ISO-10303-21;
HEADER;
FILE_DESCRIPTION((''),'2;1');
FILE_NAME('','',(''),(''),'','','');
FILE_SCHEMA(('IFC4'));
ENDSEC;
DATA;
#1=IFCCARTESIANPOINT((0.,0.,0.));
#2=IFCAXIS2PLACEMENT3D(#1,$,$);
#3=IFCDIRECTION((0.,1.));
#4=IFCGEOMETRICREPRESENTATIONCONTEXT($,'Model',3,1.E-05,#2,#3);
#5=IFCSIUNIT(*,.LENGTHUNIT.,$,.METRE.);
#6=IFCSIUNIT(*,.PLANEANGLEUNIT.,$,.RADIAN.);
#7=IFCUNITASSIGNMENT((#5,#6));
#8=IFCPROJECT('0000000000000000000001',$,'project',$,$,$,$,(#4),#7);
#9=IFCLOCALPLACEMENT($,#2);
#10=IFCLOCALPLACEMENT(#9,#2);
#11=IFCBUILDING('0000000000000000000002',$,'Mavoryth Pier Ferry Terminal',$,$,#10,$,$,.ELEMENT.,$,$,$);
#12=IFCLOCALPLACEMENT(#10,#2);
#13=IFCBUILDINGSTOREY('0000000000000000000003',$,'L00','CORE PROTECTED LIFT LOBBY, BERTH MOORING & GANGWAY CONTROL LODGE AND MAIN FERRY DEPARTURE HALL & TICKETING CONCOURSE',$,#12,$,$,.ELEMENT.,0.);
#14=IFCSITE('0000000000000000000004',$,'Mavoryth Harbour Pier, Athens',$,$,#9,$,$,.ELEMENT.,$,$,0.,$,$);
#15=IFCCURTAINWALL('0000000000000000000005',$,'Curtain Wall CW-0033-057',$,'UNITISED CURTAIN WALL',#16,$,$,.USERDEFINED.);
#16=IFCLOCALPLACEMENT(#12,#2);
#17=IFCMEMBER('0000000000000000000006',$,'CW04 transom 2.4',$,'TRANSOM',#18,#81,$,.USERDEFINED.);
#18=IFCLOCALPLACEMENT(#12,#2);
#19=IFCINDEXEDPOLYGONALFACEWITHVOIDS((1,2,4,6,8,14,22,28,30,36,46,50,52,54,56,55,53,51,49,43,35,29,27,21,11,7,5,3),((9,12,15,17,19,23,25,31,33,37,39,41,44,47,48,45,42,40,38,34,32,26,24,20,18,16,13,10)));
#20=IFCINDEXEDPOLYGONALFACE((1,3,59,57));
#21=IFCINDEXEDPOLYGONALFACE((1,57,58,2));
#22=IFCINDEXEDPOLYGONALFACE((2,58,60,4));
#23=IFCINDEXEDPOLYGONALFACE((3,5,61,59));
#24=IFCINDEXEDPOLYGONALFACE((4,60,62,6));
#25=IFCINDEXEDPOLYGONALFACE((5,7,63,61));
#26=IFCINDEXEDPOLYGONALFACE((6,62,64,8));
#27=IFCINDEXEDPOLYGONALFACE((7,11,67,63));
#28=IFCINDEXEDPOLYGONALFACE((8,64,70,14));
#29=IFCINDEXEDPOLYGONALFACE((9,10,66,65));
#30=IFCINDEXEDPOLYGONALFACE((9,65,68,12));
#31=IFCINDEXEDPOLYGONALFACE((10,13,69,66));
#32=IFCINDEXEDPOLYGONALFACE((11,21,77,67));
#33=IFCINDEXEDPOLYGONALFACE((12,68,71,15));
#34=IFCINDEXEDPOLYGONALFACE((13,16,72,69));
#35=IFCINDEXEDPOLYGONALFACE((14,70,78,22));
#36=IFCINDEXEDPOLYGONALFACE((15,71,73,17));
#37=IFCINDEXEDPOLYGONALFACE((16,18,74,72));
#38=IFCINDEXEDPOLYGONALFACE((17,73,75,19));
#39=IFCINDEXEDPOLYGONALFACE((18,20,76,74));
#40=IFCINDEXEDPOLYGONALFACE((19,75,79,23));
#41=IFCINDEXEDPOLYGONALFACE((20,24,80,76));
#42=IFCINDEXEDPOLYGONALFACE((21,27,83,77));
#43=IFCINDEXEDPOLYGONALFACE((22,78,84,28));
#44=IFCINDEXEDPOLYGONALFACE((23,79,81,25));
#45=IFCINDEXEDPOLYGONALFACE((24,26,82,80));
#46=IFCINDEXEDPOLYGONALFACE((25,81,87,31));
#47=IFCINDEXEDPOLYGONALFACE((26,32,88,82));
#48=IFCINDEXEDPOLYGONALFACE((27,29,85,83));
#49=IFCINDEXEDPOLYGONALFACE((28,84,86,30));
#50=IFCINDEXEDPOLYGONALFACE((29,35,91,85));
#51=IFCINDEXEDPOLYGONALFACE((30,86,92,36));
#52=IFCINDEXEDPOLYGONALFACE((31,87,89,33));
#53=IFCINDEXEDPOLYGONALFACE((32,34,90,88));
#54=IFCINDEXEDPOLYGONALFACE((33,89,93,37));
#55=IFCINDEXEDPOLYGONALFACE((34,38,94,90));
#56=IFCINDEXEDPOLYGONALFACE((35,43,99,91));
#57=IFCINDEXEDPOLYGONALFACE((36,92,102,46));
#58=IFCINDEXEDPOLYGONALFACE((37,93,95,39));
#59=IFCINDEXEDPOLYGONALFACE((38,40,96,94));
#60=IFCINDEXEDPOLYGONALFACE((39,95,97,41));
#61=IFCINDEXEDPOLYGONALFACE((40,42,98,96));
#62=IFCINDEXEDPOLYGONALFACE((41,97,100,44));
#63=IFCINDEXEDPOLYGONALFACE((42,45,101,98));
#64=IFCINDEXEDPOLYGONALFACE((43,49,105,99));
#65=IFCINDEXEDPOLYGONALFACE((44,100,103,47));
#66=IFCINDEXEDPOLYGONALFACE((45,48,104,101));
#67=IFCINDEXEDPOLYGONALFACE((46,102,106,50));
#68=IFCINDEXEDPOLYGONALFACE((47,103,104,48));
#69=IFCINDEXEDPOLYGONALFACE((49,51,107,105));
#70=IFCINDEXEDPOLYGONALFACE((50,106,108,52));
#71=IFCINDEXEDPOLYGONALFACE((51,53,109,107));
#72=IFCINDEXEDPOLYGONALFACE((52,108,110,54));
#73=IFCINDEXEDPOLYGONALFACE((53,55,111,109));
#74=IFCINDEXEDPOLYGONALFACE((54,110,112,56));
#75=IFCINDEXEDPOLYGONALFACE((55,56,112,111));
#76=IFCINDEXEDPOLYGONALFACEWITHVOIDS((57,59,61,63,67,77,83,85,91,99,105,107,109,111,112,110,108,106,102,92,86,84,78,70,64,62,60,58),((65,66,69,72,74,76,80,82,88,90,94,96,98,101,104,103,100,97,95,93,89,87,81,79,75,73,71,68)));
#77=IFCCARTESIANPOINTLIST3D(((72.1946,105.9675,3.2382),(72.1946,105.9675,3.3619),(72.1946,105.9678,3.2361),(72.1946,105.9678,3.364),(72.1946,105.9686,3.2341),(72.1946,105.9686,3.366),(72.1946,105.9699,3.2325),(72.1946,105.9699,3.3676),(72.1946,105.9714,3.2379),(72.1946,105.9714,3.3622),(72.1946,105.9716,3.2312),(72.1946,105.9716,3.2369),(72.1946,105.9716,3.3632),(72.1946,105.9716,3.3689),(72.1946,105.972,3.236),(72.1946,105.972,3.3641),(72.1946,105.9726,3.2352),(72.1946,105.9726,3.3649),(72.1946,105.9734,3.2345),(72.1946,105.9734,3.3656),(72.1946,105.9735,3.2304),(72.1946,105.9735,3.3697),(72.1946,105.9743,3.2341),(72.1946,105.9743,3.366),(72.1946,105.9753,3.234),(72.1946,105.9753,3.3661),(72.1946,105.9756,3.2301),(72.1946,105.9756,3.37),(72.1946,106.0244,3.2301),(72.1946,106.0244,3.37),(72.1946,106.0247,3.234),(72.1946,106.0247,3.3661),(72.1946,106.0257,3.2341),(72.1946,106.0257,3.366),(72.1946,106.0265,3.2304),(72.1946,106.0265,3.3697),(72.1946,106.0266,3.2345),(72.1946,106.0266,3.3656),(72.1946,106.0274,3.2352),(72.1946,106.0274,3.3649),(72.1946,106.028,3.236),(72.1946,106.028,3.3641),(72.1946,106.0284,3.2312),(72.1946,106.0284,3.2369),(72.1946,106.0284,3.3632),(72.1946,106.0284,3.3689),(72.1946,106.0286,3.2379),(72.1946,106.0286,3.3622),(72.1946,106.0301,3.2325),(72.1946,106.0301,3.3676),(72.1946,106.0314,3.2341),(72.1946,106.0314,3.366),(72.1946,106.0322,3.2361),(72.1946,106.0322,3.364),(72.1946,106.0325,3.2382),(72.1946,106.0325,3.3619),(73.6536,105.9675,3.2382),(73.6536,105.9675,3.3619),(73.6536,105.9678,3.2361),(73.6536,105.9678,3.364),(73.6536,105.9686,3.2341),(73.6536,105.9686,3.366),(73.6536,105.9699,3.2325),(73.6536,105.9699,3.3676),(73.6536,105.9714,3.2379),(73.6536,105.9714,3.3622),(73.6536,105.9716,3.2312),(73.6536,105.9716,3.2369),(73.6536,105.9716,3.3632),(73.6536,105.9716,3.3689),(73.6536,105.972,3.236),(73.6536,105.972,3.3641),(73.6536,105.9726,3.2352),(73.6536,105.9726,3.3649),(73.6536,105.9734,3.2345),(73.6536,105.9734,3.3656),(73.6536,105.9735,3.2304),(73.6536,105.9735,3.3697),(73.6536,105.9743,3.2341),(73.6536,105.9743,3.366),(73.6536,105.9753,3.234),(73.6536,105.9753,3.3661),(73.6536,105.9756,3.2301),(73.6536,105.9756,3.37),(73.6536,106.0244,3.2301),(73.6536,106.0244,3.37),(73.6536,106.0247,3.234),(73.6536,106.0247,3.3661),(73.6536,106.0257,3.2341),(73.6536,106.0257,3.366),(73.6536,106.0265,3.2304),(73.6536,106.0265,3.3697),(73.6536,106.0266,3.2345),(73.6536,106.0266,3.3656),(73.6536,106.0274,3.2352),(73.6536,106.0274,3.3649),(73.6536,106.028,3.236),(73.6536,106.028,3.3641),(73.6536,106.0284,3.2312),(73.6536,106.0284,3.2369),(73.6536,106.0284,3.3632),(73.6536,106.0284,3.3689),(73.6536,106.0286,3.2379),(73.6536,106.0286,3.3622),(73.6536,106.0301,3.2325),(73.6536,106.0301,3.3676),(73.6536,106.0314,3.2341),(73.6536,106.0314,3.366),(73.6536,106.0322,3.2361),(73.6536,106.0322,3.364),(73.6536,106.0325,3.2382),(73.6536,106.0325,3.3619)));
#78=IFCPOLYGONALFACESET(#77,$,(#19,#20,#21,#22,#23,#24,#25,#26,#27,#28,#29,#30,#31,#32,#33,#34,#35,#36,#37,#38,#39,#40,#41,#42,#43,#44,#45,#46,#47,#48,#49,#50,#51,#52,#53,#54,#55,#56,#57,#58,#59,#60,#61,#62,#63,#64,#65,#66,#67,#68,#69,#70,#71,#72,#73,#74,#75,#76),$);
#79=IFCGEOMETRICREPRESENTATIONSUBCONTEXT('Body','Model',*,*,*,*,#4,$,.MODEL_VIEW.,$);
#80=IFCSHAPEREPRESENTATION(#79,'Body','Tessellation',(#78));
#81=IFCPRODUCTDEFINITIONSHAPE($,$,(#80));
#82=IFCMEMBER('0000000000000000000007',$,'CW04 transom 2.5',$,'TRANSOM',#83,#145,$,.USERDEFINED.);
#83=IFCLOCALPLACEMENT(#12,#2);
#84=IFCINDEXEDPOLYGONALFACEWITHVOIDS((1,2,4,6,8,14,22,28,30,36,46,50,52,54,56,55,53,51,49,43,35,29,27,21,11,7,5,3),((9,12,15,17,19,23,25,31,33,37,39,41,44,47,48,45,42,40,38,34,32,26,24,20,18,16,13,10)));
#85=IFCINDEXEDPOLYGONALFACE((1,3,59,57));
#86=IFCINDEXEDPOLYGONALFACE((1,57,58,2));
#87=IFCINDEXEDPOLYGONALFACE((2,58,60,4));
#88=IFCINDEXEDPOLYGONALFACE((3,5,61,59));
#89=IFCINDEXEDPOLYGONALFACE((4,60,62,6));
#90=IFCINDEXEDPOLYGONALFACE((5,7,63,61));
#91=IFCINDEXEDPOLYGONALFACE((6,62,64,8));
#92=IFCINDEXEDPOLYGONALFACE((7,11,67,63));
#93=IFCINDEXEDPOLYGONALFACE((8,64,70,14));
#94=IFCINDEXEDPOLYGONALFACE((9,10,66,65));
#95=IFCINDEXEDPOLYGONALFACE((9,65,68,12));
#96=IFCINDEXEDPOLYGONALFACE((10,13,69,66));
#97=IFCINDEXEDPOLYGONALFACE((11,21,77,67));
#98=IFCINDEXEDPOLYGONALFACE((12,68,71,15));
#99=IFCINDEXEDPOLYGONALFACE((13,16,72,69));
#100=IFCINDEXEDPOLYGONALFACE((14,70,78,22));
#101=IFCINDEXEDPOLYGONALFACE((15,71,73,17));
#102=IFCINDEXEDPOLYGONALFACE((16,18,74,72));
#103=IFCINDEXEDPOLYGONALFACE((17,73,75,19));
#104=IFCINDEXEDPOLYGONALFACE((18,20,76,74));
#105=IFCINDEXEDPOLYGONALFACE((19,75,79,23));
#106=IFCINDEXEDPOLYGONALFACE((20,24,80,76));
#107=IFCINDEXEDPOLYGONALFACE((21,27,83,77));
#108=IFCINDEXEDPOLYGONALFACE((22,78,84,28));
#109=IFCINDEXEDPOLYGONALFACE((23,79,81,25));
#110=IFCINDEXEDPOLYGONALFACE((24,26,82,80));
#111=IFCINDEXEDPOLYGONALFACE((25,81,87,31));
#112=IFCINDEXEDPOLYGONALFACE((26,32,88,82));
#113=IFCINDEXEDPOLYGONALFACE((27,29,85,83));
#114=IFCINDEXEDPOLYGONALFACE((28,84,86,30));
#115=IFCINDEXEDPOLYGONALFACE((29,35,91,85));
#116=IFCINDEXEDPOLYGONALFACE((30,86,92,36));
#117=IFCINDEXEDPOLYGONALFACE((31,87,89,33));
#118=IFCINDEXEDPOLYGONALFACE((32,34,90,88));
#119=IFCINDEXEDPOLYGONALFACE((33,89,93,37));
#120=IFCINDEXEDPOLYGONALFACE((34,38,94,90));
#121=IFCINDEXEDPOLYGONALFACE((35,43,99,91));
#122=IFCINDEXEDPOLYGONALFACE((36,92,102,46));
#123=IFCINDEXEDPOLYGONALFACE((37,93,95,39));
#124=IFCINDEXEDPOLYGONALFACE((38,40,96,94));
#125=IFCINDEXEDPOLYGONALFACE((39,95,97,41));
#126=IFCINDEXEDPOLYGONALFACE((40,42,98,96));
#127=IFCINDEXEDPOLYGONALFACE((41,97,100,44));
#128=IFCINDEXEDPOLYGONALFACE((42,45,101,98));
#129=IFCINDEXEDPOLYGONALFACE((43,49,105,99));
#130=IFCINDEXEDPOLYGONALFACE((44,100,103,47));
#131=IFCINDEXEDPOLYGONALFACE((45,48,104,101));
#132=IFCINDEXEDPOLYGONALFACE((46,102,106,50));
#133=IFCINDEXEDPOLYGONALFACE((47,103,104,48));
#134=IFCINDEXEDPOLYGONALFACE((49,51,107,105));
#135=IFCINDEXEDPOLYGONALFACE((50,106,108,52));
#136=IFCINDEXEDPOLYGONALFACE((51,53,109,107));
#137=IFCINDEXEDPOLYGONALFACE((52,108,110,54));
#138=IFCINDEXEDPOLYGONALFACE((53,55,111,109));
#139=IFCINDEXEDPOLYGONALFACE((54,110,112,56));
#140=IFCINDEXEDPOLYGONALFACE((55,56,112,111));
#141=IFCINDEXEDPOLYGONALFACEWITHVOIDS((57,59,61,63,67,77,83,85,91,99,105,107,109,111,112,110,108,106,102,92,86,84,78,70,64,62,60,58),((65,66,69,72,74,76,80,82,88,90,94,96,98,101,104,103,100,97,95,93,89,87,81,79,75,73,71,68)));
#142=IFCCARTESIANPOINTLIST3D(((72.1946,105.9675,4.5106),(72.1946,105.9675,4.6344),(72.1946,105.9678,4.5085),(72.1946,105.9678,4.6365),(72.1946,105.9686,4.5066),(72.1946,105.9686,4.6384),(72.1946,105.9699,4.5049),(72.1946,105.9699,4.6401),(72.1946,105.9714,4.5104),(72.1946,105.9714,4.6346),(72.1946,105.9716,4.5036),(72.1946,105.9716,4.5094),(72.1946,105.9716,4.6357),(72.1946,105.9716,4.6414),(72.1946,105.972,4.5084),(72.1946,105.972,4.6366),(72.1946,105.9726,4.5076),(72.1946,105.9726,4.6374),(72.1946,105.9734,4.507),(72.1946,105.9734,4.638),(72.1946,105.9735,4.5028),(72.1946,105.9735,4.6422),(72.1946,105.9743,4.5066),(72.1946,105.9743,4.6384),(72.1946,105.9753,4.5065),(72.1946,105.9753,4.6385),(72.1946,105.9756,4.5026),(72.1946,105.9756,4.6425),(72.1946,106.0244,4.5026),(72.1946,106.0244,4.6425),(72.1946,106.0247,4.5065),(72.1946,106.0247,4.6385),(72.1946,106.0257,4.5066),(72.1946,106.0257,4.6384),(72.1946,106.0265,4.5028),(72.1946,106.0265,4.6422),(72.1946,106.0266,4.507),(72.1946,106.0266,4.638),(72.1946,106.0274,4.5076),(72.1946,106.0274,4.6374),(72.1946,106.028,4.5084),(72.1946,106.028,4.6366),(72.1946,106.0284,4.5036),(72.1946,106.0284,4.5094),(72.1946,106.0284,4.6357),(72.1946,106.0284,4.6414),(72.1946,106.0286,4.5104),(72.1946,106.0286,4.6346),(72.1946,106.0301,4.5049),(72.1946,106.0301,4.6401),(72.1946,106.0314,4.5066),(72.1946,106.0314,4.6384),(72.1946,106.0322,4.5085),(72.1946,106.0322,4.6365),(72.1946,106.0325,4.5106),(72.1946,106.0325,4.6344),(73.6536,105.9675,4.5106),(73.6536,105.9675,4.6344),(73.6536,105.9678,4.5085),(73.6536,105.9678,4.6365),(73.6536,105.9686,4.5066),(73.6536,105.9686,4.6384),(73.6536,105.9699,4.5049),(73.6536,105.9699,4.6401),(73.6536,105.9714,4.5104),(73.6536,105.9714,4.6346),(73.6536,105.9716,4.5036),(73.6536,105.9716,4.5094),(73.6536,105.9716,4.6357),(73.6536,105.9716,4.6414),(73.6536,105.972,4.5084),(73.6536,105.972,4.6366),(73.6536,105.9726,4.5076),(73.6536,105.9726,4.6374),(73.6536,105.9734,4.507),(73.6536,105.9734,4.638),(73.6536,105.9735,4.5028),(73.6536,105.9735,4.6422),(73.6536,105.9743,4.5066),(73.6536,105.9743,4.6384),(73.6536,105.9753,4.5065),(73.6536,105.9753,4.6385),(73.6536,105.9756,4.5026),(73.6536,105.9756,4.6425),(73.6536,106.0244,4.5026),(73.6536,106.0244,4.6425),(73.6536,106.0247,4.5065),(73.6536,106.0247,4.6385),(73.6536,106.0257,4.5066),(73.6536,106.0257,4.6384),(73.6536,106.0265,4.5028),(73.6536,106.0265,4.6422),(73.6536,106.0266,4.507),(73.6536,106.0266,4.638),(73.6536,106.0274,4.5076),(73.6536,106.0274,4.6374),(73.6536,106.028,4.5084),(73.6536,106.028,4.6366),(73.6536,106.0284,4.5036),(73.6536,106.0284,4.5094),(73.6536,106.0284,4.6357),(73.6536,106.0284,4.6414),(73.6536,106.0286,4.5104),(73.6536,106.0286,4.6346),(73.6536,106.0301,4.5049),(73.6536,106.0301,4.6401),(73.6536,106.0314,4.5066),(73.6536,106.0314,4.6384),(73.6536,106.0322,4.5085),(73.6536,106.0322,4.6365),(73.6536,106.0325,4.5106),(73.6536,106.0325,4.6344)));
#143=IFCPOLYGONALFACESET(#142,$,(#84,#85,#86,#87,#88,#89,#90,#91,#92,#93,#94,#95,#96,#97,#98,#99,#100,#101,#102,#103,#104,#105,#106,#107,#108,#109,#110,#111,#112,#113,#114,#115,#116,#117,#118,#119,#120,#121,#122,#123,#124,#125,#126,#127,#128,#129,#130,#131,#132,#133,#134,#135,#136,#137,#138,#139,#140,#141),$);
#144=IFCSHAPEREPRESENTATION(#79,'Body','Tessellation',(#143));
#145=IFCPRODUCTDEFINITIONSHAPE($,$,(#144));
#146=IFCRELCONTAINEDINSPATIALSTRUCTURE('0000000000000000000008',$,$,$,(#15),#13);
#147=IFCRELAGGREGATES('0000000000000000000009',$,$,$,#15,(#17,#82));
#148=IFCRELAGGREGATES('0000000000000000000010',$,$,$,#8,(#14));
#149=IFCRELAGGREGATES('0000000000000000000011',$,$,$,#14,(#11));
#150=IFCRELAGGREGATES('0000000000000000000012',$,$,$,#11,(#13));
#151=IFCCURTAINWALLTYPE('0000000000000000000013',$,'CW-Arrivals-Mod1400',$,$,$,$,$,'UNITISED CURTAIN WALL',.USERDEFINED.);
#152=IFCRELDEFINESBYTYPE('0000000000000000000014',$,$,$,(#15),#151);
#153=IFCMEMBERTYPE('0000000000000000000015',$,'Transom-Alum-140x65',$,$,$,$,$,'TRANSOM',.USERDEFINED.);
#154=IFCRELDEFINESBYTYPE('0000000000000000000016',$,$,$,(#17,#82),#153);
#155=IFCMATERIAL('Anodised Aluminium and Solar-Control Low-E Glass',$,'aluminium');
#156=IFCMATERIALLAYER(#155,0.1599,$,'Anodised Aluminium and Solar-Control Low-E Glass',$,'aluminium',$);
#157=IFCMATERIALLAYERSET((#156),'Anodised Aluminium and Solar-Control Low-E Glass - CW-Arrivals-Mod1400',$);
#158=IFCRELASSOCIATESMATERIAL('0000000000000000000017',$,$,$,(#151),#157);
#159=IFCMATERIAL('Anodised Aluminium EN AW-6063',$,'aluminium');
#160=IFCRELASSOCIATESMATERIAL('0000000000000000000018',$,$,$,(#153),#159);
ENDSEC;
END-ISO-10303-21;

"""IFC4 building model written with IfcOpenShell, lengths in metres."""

from ifc_helpers import new_model, si_unit, direction, frame, origin, origin_2d, place, context, subcontext, project, spatial, hollow_rectangle, extrude, material, layer, layer_set, material_profile, profile_set, type_object, element, aggregate, save


model = new_model("IFC4")

# Units and contexts
model_context = context("Model", 3, precision=1e-05, world=origin(), true_north=direction((0.0, 1.0)))
body_context = subcontext(model_context, "Body", "Model", "MODEL_VIEW")
ifc_project = project(units=[si_unit("LENGTHUNIT", "METRE"), si_unit("PLANEANGLEUNIT", "RADIAN")], contexts=[model_context])

# Site, building, storey
site_placement = place(None, origin())
site = spatial("IfcSite", under=ifc_project, at=site_placement, Name="Mavoryth Harbour Pier, Athens", CompositionType="ELEMENT", RefElevation=0.0)
building_placement = place(site_placement, origin())
building = spatial("IfcBuilding", under=site, at=building_placement, Name="Mavoryth Pier Ferry Terminal", CompositionType="ELEMENT")
storey_placement = place(building_placement, origin())
storey = spatial("IfcBuildingStorey", under=building, at=storey_placement, Name="L00", Description="CORE PROTECTED LIFT LOBBY, BERTH MOORING & GANGWAY CONTROL LODGE AND MAIN FERRY DEPARTURE HALL & TICKETING CONCOURSE", CompositionType="ELEMENT", Elevation=0.0)

# Curtain wall, members
ifc_material_1 = material(Name="Anodised Aluminium and Solar-Control Low-E Glass", Category="aluminium")
ifc_layer_1 = layer(ifc_material_1, 0.1599, Name="Anodised Aluminium and Solar-Control Low-E Glass", Category="aluminium")
ifc_layer_set_1 = layer_set([ifc_layer_1], Name="Anodised Aluminium and Solar-Control Low-E Glass - CW-Arrivals-Mod1400")
curtain_wall_type = type_object("IfcCurtainWallType", Name="CW-Arrivals-Mod1400", ElementType="UNITISED CURTAIN WALL", PredefinedType="USERDEFINED", material=ifc_layer_set_1)
curtain_wall_placement = place(storey_placement, origin())
curtain_wall = element("IfcCurtainWall", 1, at=curtain_wall_placement, inside=storey, type_object=curtain_wall_type, Name="Curtain Wall CW-0033-057", ObjectType="UNITISED CURTAIN WALL", PredefinedType="USERDEFINED")
ifc_material_2 = material(Name="Anodised Aluminium EN AW-6063", Category="aluminium")
ifc_material_profile_1 = material_profile(ifc_material_2, hollow_rectangle(XDim=0.0649, YDim=0.1399, WallThickness=0.0039, InnerFilletRadius=0.0039, OuterFilletRadius=0.0081, at=origin_2d()), Name="AL-TRAN 140x65x4", Category="aluminium")
ifc_profile_set_1 = profile_set([ifc_material_profile_1], Name="Anodised Aluminium EN AW-6063 - AL-TRAN 140x65x4")
member_type_1 = type_object("IfcMemberType", Name="Transom-Alum-140x65", ElementType="TRANSOM", PredefinedType="USERDEFINED", material=ifc_profile_set_1)
member_1_placement = place(storey_placement, frame((73.6536, 106.0, 3.3), z_axis=(-1.0, 0.0, 0.0), x_axis=(0.0, -1.0, 0.0)))
member_1 = element("IfcMember", 2, at=member_1_placement, type_object=member_type_1, Name="CW04 transom 2.4", ObjectType="TRANSOM", PredefinedType="USERDEFINED", context=body_context, shape_type="SweptSolid", body=[
    extrude(hollow_rectangle(XDim=0.0649, YDim=0.1399, WallThickness=0.0039, InnerFilletRadius=0.0039, OuterFilletRadius=0.0081, at=origin_2d()), origin(), (0.0, 0.0, 1.0), 1.459),
])
member_2_placement = place(storey_placement, frame((73.6536, 106.0, 4.5725), z_axis=(-1.0, 0.0, 0.0), x_axis=(0.0, -1.0, 0.0)))
member_2 = element("IfcMember", 3, at=member_2_placement, type_object=member_type_1, Name="CW04 transom 2.5", ObjectType="TRANSOM", PredefinedType="USERDEFINED", context=body_context, shape_type="SweptSolid", body=[
    extrude(hollow_rectangle(XDim=0.0649, YDim=0.1399, WallThickness=0.0039, InnerFilletRadius=0.0039, OuterFilletRadius=0.0081, at=origin_2d()), origin(), (0.0, 0.0, 1.0), 1.459),
])
aggregate(curtain_wall, [member_1, member_2])

save(model, "model.ifc")
